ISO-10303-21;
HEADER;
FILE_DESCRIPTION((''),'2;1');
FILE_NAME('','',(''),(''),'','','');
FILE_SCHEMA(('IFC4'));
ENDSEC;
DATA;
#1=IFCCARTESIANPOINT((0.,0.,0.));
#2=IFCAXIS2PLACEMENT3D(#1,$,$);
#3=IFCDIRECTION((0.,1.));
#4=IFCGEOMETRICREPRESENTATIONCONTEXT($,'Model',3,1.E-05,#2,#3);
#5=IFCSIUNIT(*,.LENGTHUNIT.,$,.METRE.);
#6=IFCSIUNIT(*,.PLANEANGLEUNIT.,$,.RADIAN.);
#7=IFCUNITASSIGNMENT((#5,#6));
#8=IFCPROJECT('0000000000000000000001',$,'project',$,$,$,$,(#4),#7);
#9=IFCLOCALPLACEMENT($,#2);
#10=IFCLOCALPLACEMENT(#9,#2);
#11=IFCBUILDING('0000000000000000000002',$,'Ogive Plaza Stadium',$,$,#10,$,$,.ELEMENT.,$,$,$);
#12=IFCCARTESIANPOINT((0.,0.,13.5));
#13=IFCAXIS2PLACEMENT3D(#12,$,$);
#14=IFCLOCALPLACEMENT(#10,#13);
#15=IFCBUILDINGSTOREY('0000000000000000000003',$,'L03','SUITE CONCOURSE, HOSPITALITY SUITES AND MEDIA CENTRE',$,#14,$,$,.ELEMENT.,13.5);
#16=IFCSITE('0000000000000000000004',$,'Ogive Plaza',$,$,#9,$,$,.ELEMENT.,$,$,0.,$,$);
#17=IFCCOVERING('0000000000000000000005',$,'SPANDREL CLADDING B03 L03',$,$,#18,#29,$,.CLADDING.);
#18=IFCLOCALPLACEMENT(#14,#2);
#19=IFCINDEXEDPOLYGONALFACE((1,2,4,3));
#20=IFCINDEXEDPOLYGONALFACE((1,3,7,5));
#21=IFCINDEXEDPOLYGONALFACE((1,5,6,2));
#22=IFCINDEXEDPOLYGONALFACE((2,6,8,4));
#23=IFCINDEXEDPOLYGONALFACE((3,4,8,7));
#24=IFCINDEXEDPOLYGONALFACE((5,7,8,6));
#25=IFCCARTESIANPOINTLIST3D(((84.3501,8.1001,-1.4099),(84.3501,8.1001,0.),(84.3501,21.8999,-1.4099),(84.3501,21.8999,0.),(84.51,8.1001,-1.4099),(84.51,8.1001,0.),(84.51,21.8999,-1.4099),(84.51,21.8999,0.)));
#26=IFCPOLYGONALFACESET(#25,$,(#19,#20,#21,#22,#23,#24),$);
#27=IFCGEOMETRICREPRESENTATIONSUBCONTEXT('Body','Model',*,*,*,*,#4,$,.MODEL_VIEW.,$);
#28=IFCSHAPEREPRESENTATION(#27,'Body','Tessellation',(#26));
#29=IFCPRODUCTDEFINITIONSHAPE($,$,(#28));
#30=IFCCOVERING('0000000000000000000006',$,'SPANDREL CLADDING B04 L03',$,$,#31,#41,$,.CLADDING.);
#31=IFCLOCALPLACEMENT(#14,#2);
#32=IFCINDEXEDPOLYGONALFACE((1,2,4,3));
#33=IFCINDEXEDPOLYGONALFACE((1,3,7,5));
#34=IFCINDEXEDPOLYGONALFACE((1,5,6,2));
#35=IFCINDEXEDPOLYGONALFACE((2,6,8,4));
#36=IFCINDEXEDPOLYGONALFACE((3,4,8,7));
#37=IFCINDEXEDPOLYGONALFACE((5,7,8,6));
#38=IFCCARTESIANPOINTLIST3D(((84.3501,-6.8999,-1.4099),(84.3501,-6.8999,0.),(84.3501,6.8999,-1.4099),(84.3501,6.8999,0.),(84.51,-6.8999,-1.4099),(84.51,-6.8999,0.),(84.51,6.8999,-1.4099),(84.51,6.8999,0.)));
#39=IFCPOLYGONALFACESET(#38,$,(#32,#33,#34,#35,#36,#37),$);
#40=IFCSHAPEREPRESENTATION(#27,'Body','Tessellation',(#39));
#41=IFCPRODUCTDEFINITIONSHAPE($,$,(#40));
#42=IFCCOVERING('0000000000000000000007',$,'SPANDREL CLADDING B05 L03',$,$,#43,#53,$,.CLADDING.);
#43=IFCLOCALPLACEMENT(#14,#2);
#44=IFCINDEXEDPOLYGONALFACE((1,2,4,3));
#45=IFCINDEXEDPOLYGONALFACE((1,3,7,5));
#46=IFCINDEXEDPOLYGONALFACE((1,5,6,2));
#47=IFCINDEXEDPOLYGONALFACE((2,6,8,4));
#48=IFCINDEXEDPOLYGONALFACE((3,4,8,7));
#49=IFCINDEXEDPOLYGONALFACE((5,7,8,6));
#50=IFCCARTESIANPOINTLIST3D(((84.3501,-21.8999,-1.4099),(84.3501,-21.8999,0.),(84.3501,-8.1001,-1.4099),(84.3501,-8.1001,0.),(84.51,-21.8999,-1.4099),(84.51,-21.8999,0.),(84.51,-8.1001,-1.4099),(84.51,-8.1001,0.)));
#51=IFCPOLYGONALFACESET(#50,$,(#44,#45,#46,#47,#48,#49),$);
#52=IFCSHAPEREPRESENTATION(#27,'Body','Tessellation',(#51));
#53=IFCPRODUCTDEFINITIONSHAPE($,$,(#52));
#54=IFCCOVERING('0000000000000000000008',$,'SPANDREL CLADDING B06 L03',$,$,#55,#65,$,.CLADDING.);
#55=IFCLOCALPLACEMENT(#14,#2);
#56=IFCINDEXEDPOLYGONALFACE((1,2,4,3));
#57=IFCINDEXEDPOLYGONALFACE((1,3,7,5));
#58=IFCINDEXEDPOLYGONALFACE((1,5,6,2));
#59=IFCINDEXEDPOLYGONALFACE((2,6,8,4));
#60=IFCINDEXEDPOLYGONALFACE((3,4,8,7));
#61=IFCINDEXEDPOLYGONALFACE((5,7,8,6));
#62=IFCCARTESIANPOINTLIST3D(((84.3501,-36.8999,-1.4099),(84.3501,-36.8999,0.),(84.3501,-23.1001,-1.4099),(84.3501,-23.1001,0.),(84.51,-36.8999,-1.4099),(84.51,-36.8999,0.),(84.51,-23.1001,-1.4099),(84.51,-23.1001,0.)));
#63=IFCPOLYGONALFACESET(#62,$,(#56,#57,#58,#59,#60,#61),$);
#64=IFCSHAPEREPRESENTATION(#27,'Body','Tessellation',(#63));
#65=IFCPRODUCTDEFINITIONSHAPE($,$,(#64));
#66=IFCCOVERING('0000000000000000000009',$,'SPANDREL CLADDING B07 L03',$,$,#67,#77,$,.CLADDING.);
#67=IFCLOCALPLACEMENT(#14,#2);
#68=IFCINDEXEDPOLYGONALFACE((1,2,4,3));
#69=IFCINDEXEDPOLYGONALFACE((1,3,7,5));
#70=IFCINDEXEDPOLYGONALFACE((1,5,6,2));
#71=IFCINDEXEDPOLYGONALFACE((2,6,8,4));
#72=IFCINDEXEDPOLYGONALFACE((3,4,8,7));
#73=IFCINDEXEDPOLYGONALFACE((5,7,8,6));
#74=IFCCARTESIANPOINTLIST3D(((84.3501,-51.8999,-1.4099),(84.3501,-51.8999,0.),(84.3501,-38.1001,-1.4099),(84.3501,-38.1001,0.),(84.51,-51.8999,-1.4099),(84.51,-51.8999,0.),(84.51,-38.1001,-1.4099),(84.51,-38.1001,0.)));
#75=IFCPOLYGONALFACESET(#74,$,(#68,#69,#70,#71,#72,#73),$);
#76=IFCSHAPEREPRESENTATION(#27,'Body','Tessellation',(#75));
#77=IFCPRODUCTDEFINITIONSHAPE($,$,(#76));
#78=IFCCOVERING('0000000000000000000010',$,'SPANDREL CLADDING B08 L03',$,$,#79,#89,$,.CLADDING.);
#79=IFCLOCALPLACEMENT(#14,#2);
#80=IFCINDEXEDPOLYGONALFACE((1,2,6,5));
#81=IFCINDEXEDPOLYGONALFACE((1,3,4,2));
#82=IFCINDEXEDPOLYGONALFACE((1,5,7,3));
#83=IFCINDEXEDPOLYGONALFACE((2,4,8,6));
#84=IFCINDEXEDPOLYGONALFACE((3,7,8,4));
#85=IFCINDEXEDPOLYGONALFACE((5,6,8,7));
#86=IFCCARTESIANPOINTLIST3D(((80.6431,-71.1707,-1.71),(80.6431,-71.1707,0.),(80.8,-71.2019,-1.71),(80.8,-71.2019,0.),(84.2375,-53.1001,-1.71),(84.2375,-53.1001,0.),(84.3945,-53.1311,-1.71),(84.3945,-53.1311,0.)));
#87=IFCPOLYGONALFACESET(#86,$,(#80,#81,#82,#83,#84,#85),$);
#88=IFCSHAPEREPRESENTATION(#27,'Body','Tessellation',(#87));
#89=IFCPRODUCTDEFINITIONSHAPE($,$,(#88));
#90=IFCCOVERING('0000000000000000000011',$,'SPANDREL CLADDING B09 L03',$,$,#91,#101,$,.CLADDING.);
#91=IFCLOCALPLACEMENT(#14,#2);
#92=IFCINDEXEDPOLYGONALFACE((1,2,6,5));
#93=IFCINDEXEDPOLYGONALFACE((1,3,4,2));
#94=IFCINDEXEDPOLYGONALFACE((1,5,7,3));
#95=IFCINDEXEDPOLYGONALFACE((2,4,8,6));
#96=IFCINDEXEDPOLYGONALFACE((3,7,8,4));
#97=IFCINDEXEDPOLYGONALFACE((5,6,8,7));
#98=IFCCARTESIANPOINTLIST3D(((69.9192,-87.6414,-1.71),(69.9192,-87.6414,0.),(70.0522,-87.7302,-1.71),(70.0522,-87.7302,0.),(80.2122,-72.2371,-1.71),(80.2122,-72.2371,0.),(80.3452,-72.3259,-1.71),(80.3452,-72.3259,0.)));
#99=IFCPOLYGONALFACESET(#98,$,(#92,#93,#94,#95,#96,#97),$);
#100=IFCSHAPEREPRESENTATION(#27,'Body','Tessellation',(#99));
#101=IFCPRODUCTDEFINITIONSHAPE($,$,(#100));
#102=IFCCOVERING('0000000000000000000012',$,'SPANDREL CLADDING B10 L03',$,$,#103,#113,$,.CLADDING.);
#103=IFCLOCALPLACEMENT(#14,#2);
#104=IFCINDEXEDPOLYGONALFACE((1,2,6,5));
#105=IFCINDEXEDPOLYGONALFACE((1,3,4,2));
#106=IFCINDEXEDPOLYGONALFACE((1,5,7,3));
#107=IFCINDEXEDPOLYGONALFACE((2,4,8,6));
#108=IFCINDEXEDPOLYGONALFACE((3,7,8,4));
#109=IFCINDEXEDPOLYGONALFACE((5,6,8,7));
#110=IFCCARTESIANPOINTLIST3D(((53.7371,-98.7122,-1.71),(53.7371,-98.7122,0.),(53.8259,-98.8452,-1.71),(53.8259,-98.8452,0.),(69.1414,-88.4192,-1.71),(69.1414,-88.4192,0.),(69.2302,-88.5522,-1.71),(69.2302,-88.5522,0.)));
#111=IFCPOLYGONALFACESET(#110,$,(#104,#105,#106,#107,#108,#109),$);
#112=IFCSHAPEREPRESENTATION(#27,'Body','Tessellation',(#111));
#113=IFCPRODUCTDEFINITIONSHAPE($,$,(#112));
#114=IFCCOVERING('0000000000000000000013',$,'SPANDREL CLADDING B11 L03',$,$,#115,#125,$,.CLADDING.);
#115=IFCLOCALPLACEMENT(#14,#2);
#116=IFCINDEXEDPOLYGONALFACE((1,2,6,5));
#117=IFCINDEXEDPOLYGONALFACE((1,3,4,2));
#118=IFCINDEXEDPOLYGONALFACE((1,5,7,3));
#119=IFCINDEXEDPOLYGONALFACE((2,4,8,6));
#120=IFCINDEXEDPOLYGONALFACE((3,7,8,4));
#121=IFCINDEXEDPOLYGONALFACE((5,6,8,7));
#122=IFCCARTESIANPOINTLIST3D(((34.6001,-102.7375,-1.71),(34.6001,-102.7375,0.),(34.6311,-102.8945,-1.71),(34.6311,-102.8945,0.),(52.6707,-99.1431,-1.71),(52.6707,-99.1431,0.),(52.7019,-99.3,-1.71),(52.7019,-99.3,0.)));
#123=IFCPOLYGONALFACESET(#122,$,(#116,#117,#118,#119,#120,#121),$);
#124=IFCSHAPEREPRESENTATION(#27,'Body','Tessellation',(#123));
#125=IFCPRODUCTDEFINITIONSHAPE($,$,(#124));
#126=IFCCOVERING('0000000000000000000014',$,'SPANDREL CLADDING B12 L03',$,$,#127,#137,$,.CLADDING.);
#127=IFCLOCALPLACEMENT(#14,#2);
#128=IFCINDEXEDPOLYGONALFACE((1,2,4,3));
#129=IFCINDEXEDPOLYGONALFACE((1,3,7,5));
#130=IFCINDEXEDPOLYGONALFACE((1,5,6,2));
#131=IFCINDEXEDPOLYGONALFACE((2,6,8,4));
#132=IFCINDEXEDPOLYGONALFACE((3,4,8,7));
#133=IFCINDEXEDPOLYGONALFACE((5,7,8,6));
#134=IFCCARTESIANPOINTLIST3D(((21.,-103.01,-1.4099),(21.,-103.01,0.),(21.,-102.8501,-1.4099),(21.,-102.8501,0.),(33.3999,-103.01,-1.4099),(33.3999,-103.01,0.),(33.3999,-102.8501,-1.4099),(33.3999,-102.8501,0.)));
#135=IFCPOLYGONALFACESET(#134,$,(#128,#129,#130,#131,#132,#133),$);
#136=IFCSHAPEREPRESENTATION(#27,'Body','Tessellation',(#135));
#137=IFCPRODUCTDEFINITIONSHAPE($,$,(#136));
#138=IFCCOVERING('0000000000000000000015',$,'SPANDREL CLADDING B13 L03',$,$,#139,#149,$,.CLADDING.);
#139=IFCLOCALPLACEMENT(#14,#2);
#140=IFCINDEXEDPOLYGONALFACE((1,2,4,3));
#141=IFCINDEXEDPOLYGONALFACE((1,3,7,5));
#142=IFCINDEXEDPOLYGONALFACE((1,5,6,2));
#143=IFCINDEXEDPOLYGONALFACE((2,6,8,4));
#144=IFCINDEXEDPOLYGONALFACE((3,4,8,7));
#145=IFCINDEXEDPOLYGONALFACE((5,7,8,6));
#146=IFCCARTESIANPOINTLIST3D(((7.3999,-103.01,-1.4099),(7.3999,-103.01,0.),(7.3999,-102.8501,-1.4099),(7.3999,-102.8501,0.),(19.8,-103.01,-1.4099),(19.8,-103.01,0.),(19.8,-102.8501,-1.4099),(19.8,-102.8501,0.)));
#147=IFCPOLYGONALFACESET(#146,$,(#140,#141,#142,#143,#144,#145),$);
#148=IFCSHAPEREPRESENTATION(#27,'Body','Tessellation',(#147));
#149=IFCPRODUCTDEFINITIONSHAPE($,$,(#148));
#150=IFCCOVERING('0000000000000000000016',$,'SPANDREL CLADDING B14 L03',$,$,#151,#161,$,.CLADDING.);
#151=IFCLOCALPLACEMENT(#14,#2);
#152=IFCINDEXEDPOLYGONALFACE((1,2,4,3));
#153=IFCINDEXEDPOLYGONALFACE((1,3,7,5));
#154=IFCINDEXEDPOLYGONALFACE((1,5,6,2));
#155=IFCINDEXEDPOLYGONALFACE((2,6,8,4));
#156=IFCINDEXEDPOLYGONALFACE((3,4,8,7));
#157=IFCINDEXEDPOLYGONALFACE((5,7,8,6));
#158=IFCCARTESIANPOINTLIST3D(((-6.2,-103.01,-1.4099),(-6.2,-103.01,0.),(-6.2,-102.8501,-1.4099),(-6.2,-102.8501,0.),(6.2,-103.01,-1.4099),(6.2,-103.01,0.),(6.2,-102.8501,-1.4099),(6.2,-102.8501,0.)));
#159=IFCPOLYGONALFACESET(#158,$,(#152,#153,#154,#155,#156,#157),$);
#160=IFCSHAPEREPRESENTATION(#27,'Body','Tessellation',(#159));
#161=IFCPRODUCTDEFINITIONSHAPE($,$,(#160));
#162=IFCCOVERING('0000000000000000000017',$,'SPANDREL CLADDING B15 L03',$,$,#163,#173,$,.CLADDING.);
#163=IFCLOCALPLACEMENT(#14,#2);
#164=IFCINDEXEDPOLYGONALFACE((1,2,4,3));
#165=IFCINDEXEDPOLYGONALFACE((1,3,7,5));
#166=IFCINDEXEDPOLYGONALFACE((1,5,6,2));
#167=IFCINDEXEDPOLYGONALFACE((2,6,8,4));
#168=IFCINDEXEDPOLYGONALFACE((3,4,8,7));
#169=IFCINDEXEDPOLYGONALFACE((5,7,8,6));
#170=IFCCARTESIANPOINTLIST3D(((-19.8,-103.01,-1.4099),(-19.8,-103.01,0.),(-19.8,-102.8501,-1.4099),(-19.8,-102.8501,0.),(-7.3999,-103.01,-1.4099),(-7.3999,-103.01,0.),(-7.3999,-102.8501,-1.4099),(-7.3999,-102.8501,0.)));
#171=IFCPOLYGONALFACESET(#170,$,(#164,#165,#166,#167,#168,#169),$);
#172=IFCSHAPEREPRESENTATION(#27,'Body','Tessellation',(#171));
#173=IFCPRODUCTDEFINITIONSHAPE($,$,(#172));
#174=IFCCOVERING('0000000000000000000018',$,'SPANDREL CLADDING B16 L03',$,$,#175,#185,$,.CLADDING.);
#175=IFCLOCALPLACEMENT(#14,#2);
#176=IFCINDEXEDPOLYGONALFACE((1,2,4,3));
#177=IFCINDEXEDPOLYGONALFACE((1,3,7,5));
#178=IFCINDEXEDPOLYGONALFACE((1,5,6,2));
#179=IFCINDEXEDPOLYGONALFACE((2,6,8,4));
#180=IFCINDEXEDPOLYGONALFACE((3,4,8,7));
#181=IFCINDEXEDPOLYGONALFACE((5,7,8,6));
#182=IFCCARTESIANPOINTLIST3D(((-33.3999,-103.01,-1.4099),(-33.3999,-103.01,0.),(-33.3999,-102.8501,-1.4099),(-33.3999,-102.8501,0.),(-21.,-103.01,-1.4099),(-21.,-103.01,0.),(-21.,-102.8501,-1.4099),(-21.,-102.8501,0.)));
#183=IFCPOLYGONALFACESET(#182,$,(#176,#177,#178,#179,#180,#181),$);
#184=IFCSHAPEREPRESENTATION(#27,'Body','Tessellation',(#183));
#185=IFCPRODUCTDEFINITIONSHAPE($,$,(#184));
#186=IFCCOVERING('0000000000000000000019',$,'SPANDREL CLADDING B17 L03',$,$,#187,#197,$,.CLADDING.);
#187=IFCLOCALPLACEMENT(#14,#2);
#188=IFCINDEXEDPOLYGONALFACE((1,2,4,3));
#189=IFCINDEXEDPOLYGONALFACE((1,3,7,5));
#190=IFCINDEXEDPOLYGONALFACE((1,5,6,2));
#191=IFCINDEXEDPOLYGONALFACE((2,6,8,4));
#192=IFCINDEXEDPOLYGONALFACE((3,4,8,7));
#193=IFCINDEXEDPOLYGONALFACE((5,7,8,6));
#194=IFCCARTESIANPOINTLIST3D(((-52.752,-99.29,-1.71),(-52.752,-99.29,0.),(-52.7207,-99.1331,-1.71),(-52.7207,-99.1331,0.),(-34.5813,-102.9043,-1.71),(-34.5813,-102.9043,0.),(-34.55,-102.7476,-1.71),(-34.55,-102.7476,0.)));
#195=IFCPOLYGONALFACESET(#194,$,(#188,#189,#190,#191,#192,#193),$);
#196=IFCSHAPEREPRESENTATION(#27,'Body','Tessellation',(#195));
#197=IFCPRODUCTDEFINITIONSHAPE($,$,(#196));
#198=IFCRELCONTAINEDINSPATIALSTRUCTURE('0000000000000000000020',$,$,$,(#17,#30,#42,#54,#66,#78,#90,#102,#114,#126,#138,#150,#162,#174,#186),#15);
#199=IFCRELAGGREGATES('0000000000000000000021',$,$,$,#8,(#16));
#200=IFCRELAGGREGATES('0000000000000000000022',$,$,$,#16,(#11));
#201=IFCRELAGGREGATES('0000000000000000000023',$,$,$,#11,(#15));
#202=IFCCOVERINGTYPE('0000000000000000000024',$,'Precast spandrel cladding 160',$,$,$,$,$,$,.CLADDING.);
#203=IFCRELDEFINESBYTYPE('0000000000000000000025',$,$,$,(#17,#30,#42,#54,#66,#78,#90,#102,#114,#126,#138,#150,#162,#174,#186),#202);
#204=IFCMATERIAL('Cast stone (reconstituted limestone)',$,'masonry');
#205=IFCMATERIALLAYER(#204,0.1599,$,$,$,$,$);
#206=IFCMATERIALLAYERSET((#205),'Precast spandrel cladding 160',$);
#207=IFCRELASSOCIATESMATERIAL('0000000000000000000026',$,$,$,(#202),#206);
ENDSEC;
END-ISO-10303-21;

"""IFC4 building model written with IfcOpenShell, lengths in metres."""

from ifc_helpers import new_model, si_unit, direction, frame, origin, place, context, subcontext, project, spatial, polyline, outline, extrude, material, layer, layer_set, type_object, element, save


model = new_model("IFC4")

# Units and contexts
model_context = context("Model", 3, precision=1e-05, world=origin(), true_north=direction((0.0, 1.0)))
body_context = subcontext(model_context, "Body", "Model", "MODEL_VIEW")
ifc_project = project(units=[si_unit("LENGTHUNIT", "METRE"), si_unit("PLANEANGLEUNIT", "RADIAN")], contexts=[model_context])

# Site, building, storey
site_placement = place(None, origin())
site = spatial("IfcSite", under=ifc_project, at=site_placement, Name="Ogive Plaza", CompositionType="ELEMENT", RefElevation=0.0)
building_placement = place(site_placement, origin())
building = spatial("IfcBuilding", under=site, at=building_placement, Name="Ogive Plaza Stadium", CompositionType="ELEMENT")
storey_placement = place(building_placement, frame((0.0, 0.0, 13.5)))
storey = spatial("IfcBuildingStorey", under=building, at=storey_placement, Name="L03", Description="SUITE CONCOURSE, HOSPITALITY SUITES AND MEDIA CENTRE", CompositionType="ELEMENT", Elevation=13.5)

# Coverings
ifc_material = material(Name="Cast stone (reconstituted limestone)", Category="masonry")
ifc_layer = layer(ifc_material, 0.1599)
ifc_layer_set = layer_set([ifc_layer], Name="Precast spandrel cladding 160")
covering_type = type_object("IfcCoveringType", Name="Precast spandrel cladding 160", PredefinedType="CLADDING", material=ifc_layer_set)
covering_1_placement = place(storey_placement, frame((0.0, 0.0, -1.4099)))
element("IfcCovering", 1, at=covering_1_placement, inside=storey, type_object=covering_type, Name="SPANDREL CLADDING B03 L03", PredefinedType="CLADDING", context=body_context, shape_type="SweptSolid", body=[
    extrude(outline(polyline([(84.3501, 21.8999), (84.3501, 8.1001), (84.51, 8.1001), (84.51, 21.8999), (84.3501, 21.8999)])), origin(), (0.0, 0.0, 1.0), 1.4099),
])
covering_2_placement = place(storey_placement, frame((0.0, 0.0, -1.4099)))
element("IfcCovering", 2, at=covering_2_placement, inside=storey, type_object=covering_type, Name="SPANDREL CLADDING B04 L03", PredefinedType="CLADDING", context=body_context, shape_type="SweptSolid", body=[
    extrude(outline(polyline([(84.3501, 6.8999), (84.3501, -6.8999), (84.51, -6.8999), (84.51, 6.8999), (84.3501, 6.8999)])), origin(), (0.0, 0.0, 1.0), 1.4099),
])
covering_3_placement = place(storey_placement, frame((0.0, 0.0, -1.4099)))
element("IfcCovering", 3, at=covering_3_placement, inside=storey, type_object=covering_type, Name="SPANDREL CLADDING B05 L03", PredefinedType="CLADDING", context=body_context, shape_type="SweptSolid", body=[
    extrude(outline(polyline([(84.3501, -8.1001), (84.3501, -21.8999), (84.51, -21.8999), (84.51, -8.1001), (84.3501, -8.1001)])), origin(), (0.0, 0.0, 1.0), 1.4099),
])
covering_4_placement = place(storey_placement, frame((0.0, 0.0, -1.4099)))
element("IfcCovering", 4, at=covering_4_placement, inside=storey, type_object=covering_type, Name="SPANDREL CLADDING B06 L03", PredefinedType="CLADDING", context=body_context, shape_type="SweptSolid", body=[
    extrude(outline(polyline([(84.3501, -23.1001), (84.3501, -36.8999), (84.51, -36.8999), (84.51, -23.1001), (84.3501, -23.1001)])), origin(), (0.0, 0.0, 1.0), 1.4099),
])
covering_5_placement = place(storey_placement, frame((0.0, 0.0, -1.4099)))
element("IfcCovering", 5, at=covering_5_placement, inside=storey, type_object=covering_type, Name="SPANDREL CLADDING B07 L03", PredefinedType="CLADDING", context=body_context, shape_type="SweptSolid", body=[
    extrude(outline(polyline([(84.3501, -38.1001), (84.3501, -51.8999), (84.51, -51.8999), (84.51, -38.1001), (84.3501, -38.1001)])), origin(), (0.0, 0.0, 1.0), 1.4099),
])
covering_6_placement = place(storey_placement, frame((0.0, 0.0, -1.71)))
element("IfcCovering", 6, at=covering_6_placement, inside=storey, type_object=covering_type, Name="SPANDREL CLADDING B08 L03", PredefinedType="CLADDING", context=body_context, shape_type="SweptSolid", body=[
    extrude(outline(polyline([(84.2375, -53.1001), (80.6431, -71.1707), (80.8, -71.2019), (84.3945, -53.1311), (84.2375, -53.1001)])), origin(), (0.0, 0.0, 1.0), 1.71),
])
covering_7_placement = place(storey_placement, frame((0.0, 0.0, -1.71)))
element("IfcCovering", 7, at=covering_7_placement, inside=storey, type_object=covering_type, Name="SPANDREL CLADDING B09 L03", PredefinedType="CLADDING", context=body_context, shape_type="SweptSolid", body=[
    extrude(outline(polyline([(80.2122, -72.2371), (69.9192, -87.6414), (70.0522, -87.7302), (80.3452, -72.3259), (80.2122, -72.2371)])), origin(), (0.0, 0.0, 1.0), 1.71),
])
covering_8_placement = place(storey_placement, frame((0.0, 0.0, -1.71)))
element("IfcCovering", 8, at=covering_8_placement, inside=storey, type_object=covering_type, Name="SPANDREL CLADDING B10 L03", PredefinedType="CLADDING", context=body_context, shape_type="SweptSolid", body=[
    extrude(outline(polyline([(69.1414, -88.4192), (53.7371, -98.7122), (53.8259, -98.8452), (69.2302, -88.5522), (69.1414, -88.4192)])), origin(), (0.0, 0.0, 1.0), 1.71),
])
covering_9_placement = place(storey_placement, frame((0.0, 0.0, -1.71)))
element("IfcCovering", 9, at=covering_9_placement, inside=storey, type_object=covering_type, Name="SPANDREL CLADDING B11 L03", PredefinedType="CLADDING", context=body_context, shape_type="SweptSolid", body=[
    extrude(outline(polyline([(52.6707, -99.1431), (34.6001, -102.7375), (34.6311, -102.8945), (52.7019, -99.3), (52.6707, -99.1431)])), origin(), (0.0, 0.0, 1.0), 1.71),
])
covering_10_placement = place(storey_placement, frame((0.0, 0.0, -1.4099)))
element("IfcCovering", 10, at=covering_10_placement, inside=storey, type_object=covering_type, Name="SPANDREL CLADDING B12 L03", PredefinedType="CLADDING", context=body_context, shape_type="SweptSolid", body=[
    extrude(outline(polyline([(33.3999, -102.8501), (21.0, -102.8501), (21.0, -103.01), (33.3999, -103.01), (33.3999, -102.8501)])), origin(), (0.0, 0.0, 1.0), 1.4099),
])
covering_11_placement = place(storey_placement, frame((0.0, 0.0, -1.4099)))
element("IfcCovering", 11, at=covering_11_placement, inside=storey, type_object=covering_type, Name="SPANDREL CLADDING B13 L03", PredefinedType="CLADDING", context=body_context, shape_type="SweptSolid", body=[
    extrude(outline(polyline([(19.8, -102.8501), (7.3999, -102.8501), (7.3999, -103.01), (19.8, -103.01), (19.8, -102.8501)])), origin(), (0.0, 0.0, 1.0), 1.4099),
])
covering_12_placement = place(storey_placement, frame((0.0, 0.0, -1.4099)))
element("IfcCovering", 12, at=covering_12_placement, inside=storey, type_object=covering_type, Name="SPANDREL CLADDING B14 L03", PredefinedType="CLADDING", context=body_context, shape_type="SweptSolid", body=[
    extrude(outline(polyline([(6.2, -102.8501), (-6.2, -102.8501), (-6.2, -103.01), (6.2, -103.01), (6.2, -102.8501)])), origin(), (0.0, 0.0, 1.0), 1.4099),
])
covering_13_placement = place(storey_placement, frame((0.0, 0.0, -1.4099)))
element("IfcCovering", 13, at=covering_13_placement, inside=storey, type_object=covering_type, Name="SPANDREL CLADDING B15 L03", PredefinedType="CLADDING", context=body_context, shape_type="SweptSolid", body=[
    extrude(outline(polyline([(-7.3999, -102.8501), (-19.8, -102.8501), (-19.8, -103.01), (-7.3999, -103.01), (-7.3999, -102.8501)])), origin(), (0.0, 0.0, 1.0), 1.4099),
])
covering_14_placement = place(storey_placement, frame((0.0, 0.0, -1.4099)))
element("IfcCovering", 14, at=covering_14_placement, inside=storey, type_object=covering_type, Name="SPANDREL CLADDING B16 L03", PredefinedType="CLADDING", context=body_context, shape_type="SweptSolid", body=[
    extrude(outline(polyline([(-21.0, -102.8501), (-33.3999, -102.8501), (-33.3999, -103.01), (-21.0, -103.01), (-21.0, -102.8501)])), origin(), (0.0, 0.0, 1.0), 1.4099),
])
covering_15_placement = place(storey_placement, frame((0.0, 0.0, -1.71)))
element("IfcCovering", 15, at=covering_15_placement, inside=storey, type_object=covering_type, Name="SPANDREL CLADDING B17 L03", PredefinedType="CLADDING", context=body_context, shape_type="SweptSolid", body=[
    extrude(outline(polyline([(-34.55, -102.7476), (-52.7207, -99.1331), (-52.752, -99.29), (-34.5813, -102.9043), (-34.55, -102.7476)])), origin(), (0.0, 0.0, 1.0), 1.71),
])

save(model, "model.ifc")
